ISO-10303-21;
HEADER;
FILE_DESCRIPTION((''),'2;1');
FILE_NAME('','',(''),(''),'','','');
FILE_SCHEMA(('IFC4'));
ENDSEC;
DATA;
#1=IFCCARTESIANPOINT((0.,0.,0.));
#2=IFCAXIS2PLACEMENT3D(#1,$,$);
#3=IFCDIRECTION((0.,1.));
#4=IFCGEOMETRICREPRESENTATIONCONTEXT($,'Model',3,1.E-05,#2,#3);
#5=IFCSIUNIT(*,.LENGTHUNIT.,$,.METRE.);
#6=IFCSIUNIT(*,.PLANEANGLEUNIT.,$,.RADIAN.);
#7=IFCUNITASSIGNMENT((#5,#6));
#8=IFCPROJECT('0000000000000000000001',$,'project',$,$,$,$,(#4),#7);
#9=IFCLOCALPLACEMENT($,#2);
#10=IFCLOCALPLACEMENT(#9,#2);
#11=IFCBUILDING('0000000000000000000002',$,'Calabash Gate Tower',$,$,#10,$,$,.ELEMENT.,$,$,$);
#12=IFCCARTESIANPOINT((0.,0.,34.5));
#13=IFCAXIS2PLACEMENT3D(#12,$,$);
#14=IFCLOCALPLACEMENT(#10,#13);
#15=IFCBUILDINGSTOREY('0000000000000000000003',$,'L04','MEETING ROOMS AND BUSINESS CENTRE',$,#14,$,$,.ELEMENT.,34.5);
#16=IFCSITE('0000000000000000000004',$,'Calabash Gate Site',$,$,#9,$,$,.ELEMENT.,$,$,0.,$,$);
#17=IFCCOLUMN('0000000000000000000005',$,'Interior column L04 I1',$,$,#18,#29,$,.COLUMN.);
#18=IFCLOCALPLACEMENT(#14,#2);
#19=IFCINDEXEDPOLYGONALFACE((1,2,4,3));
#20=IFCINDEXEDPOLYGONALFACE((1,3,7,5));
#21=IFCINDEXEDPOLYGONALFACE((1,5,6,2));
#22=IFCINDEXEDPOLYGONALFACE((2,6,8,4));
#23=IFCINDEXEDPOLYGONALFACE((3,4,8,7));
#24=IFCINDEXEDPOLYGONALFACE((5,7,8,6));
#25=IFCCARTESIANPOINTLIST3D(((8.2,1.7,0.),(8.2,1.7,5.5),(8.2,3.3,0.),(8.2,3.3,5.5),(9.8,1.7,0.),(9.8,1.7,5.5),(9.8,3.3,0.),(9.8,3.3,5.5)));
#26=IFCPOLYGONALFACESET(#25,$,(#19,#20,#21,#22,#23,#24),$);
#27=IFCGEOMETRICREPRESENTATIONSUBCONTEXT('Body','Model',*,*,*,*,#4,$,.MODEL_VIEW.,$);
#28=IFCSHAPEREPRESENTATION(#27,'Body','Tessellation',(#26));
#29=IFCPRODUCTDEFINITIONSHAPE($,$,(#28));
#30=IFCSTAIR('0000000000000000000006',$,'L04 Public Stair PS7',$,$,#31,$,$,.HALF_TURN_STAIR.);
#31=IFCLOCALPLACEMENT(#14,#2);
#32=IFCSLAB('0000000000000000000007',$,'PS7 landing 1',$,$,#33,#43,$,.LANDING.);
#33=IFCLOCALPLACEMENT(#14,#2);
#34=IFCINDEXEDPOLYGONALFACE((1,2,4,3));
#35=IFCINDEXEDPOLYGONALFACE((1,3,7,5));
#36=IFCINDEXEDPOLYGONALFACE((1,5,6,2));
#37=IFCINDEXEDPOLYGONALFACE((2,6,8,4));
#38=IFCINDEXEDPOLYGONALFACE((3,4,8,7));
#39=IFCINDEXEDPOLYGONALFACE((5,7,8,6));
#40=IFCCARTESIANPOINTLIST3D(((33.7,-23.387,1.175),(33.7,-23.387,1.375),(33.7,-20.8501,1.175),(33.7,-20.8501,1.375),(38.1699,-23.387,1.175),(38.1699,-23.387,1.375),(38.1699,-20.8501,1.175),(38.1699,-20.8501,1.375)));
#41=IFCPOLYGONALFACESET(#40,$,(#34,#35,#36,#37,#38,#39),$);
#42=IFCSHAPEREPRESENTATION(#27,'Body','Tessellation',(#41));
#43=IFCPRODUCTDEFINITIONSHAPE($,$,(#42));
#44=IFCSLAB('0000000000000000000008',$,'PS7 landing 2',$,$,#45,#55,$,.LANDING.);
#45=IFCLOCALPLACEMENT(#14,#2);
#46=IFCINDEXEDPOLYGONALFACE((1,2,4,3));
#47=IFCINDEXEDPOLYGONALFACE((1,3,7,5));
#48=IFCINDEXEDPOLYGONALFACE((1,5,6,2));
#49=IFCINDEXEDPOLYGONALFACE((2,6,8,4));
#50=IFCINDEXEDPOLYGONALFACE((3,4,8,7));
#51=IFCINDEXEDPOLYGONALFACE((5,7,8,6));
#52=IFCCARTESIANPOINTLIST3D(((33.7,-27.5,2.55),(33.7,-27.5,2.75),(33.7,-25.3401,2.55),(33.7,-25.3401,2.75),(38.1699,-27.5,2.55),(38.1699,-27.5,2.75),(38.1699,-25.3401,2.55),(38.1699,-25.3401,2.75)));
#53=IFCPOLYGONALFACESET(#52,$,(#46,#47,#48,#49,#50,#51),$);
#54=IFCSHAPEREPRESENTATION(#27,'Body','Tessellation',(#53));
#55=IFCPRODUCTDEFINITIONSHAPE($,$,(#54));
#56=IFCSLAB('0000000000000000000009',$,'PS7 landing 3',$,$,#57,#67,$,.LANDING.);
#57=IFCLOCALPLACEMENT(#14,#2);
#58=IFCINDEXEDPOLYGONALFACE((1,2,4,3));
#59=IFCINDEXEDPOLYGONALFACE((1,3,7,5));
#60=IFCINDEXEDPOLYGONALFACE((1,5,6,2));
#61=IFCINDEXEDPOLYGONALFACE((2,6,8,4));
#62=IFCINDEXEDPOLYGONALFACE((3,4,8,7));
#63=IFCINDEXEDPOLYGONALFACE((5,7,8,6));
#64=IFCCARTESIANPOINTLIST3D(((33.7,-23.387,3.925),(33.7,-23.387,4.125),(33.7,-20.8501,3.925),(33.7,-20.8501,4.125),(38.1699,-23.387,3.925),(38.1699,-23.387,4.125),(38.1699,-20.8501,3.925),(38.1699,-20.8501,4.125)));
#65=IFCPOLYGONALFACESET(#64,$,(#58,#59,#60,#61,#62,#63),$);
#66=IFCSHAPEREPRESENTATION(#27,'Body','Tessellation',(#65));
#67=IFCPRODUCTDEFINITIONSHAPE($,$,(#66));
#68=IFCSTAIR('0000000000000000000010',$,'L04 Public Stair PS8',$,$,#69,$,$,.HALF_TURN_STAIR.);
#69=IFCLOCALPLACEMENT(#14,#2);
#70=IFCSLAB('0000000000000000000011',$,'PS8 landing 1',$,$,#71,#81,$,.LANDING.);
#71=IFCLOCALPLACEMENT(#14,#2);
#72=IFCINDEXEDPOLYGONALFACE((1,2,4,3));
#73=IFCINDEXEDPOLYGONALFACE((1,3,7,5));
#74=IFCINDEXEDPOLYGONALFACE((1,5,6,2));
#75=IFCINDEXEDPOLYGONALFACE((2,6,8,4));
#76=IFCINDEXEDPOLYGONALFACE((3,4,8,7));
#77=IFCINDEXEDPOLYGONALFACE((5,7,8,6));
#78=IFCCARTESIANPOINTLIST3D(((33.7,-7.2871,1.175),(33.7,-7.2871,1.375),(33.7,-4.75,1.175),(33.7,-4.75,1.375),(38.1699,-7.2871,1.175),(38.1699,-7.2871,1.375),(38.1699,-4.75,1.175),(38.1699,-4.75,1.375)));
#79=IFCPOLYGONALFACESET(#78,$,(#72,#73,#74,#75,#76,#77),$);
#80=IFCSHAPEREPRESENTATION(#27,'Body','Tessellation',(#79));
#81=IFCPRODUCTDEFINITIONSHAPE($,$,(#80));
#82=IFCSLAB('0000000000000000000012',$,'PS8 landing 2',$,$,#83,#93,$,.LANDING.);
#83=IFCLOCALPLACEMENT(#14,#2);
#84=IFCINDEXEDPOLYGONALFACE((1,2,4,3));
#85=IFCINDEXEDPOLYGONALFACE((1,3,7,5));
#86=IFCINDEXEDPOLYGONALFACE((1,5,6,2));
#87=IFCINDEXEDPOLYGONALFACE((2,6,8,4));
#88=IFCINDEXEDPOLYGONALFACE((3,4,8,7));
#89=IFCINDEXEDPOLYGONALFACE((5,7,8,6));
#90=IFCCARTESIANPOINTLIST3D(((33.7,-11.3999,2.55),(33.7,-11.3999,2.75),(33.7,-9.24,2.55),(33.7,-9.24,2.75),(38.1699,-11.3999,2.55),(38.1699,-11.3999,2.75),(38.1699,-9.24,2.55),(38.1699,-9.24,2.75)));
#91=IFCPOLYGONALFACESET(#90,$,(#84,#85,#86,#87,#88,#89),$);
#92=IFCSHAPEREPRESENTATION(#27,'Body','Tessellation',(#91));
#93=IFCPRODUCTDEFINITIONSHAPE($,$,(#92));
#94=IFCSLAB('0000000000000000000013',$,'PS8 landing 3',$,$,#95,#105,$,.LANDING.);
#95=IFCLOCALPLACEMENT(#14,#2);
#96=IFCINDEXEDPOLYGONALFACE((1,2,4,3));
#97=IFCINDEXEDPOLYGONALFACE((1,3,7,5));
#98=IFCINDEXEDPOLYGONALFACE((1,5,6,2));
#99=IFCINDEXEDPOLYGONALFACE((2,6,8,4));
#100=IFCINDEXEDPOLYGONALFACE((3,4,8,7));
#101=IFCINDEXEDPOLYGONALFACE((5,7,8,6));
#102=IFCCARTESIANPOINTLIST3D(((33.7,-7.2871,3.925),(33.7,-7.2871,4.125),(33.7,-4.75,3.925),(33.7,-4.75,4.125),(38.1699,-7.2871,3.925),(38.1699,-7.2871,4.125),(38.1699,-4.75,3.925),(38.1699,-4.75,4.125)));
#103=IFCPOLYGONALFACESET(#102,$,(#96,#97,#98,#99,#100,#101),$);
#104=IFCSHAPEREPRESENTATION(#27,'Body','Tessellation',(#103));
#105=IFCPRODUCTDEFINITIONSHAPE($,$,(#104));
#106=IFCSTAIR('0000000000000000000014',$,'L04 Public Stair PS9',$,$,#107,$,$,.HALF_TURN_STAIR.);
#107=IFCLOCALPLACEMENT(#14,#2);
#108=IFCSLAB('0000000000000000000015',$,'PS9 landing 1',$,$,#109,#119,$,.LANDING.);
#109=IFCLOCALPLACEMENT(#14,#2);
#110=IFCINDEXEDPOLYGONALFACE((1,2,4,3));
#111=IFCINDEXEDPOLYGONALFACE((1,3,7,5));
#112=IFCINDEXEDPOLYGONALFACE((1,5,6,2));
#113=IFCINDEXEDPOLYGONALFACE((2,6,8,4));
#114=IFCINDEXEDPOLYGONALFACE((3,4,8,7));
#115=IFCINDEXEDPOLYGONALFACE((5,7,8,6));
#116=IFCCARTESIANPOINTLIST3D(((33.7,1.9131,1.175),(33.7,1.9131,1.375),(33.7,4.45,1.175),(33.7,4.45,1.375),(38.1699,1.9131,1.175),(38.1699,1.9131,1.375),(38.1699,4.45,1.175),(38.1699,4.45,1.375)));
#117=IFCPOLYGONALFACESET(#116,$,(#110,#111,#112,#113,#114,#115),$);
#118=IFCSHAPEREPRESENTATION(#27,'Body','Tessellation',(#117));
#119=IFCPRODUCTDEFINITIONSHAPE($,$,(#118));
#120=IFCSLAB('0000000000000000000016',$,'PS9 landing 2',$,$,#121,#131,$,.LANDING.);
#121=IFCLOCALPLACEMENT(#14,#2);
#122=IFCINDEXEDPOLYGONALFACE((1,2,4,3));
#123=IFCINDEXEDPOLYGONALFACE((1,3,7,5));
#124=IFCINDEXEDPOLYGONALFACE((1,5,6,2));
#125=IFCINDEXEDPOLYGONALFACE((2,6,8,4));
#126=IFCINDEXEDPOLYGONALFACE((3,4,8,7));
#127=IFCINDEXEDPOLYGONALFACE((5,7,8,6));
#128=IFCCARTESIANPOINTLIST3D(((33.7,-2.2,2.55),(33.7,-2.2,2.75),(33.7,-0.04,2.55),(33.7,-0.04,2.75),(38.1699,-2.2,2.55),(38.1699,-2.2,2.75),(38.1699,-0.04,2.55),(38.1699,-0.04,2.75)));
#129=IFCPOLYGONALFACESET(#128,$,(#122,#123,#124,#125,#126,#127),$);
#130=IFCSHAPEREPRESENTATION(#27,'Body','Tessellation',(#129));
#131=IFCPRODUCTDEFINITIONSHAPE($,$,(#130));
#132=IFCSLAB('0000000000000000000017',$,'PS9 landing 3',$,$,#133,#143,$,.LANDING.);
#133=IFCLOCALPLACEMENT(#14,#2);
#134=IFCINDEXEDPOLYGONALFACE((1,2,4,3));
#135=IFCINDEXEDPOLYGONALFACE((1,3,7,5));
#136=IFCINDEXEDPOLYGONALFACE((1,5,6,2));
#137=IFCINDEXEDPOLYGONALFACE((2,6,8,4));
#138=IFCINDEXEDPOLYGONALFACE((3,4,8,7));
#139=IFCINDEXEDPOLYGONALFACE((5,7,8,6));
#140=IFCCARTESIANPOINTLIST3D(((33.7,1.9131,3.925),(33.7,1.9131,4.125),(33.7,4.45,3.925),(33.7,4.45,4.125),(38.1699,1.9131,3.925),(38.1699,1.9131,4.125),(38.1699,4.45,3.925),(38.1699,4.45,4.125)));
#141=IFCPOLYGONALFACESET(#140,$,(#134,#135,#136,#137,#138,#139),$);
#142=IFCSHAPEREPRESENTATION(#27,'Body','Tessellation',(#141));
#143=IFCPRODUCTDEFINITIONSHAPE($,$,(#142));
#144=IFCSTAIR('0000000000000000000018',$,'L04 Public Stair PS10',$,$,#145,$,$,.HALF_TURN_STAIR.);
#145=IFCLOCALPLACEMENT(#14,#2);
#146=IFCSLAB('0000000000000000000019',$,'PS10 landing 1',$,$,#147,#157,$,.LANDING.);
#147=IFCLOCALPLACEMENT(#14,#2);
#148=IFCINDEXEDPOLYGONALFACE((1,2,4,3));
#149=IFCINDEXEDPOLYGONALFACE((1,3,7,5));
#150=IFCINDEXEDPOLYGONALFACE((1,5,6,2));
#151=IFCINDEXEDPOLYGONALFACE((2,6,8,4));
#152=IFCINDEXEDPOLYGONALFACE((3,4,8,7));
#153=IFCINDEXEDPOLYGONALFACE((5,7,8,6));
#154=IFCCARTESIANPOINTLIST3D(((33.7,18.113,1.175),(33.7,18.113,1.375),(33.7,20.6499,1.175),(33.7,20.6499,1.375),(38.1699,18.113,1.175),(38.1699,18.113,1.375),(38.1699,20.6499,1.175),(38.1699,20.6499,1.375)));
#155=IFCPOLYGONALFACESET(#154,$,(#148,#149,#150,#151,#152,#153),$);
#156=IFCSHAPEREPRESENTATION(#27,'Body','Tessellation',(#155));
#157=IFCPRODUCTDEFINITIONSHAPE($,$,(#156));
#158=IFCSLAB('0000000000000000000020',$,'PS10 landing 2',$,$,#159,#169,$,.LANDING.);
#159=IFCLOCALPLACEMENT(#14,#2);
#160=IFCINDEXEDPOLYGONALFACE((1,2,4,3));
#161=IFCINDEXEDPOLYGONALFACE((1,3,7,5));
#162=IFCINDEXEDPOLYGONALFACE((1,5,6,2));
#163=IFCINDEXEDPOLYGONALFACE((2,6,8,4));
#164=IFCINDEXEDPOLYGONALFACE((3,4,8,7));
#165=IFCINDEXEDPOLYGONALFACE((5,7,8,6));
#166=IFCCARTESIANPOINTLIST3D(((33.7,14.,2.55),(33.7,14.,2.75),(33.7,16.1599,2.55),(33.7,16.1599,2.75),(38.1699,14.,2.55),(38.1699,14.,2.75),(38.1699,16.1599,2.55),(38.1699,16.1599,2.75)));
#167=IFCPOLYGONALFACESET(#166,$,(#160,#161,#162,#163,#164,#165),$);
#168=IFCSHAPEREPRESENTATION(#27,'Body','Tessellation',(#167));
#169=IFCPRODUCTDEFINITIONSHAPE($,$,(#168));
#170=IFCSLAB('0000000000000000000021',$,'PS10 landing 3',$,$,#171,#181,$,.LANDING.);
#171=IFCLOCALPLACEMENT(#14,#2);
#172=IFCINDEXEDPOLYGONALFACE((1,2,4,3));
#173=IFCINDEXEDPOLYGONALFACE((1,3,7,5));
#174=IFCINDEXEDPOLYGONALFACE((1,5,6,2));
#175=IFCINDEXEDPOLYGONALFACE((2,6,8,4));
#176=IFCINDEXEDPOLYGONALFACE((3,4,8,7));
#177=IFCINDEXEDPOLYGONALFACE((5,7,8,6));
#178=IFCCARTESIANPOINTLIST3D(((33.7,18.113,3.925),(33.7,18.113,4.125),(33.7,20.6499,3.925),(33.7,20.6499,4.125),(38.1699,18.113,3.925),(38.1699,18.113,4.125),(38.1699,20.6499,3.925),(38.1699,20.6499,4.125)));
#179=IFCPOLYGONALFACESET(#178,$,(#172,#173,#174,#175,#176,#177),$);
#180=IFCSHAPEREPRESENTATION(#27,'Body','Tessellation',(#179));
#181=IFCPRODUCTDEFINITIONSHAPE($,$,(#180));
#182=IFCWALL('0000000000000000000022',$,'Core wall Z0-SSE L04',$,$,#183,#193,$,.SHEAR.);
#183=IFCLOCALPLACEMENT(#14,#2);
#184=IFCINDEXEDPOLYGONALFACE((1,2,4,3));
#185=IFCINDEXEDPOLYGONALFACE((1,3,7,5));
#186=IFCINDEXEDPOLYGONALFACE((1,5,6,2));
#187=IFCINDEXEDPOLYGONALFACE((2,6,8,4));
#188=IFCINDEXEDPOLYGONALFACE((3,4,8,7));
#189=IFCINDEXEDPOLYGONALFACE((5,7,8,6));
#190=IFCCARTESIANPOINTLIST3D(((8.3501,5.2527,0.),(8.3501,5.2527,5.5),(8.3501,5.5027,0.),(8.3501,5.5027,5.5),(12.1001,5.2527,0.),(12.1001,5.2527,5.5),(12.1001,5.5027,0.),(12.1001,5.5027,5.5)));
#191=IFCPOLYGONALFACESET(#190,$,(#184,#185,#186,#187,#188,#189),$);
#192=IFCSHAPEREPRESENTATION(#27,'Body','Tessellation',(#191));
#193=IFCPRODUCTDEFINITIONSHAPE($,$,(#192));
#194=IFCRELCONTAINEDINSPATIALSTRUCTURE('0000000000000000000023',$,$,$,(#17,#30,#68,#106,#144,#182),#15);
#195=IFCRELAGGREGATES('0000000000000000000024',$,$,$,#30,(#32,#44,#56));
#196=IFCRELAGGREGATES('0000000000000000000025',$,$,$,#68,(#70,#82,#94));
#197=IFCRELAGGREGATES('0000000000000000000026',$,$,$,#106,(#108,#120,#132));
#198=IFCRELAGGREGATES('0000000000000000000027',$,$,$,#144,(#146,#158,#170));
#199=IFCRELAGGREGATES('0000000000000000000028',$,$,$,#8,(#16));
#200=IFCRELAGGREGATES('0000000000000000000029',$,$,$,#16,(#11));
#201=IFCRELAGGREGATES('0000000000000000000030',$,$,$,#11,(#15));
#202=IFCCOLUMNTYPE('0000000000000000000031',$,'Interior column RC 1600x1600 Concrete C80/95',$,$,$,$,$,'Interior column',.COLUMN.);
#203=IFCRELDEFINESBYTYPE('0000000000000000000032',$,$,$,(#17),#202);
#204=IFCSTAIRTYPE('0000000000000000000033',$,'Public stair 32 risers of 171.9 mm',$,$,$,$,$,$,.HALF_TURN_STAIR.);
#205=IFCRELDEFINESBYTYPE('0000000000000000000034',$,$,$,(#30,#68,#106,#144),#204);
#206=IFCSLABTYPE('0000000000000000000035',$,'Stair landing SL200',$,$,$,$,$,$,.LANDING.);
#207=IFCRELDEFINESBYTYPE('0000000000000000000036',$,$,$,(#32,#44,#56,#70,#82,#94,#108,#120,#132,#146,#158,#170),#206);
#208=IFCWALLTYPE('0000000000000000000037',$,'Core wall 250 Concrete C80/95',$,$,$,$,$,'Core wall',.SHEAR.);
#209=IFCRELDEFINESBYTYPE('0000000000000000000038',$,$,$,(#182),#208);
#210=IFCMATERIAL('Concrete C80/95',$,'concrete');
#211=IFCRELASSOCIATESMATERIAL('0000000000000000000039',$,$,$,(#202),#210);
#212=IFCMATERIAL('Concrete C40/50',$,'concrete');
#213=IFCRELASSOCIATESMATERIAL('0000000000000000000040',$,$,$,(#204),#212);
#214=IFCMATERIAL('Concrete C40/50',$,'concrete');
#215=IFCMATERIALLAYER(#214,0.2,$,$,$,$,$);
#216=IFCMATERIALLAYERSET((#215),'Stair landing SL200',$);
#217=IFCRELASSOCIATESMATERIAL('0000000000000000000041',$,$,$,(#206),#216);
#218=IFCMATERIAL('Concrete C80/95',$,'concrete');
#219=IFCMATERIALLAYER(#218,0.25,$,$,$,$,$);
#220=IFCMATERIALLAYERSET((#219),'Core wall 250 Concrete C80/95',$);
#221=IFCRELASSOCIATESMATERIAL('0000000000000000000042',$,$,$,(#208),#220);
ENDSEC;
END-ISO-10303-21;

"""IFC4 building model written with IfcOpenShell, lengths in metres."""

from ifc_helpers import new_model, si_unit, direction, frame, frame_2d, origin, origin_2d, place, context, subcontext, project, spatial, polyline, rectangle, outline, extrude, material, layer, layer_set, material_profile, profile_set, type_object, element, aggregate, save


model = new_model("IFC4")

# Units and contexts
model_context = context("Model", 3, precision=1e-05, world=origin(), true_north=direction((0.0, 1.0)))
body_context = subcontext(model_context, "Body", "Model", "MODEL_VIEW")
ifc_project = project(units=[si_unit("LENGTHUNIT", "METRE"), si_unit("PLANEANGLEUNIT", "RADIAN")], contexts=[model_context])

# Site, building, storey
site_placement = place(None, origin())
site = spatial("IfcSite", under=ifc_project, at=site_placement, Name="Calabash Gate Site", CompositionType="ELEMENT", RefElevation=0.0)
building_placement = place(site_placement, origin())
building = spatial("IfcBuilding", under=site, at=building_placement, Name="Calabash Gate Tower", CompositionType="ELEMENT")
storey_placement = place(building_placement, frame((0.0, 0.0, 34.5)))
storey = spatial("IfcBuildingStorey", under=building, at=storey_placement, Name="L04", Description="MEETING ROOMS AND BUSINESS CENTRE", CompositionType="ELEMENT", Elevation=34.5)

# Column
ifc_material_1 = material(Name="Concrete C80/95", Category="concrete")
ifc_material_profile = material_profile(ifc_material_1, rectangle(XDim=1.6001, YDim=1.6001, at=origin_2d()))
ifc_profile_set = profile_set([ifc_material_profile], Name="Concrete C80/95")
column_type = type_object("IfcColumnType", Name="Interior column RC 1600x1600 Concrete C80/95", ElementType="Interior column", PredefinedType="COLUMN", material=ifc_profile_set)
column_placement = place(storey_placement, frame((9.0, 2.5, 0.0), z_axis=(0.0, 0.0, 1.0), x_axis=(1.0, 0.0, 0.0)))
element("IfcColumn", 1, at=column_placement, inside=storey, type_object=column_type, Name="Interior column L04 I1", PredefinedType="COLUMN", context=body_context, shape_type="SweptSolid", body=[
    extrude(rectangle(XDim=1.6001, YDim=1.6001, at=origin_2d()), origin(), (0.0, 0.0, 1.0), 5.5),
])

# Stairs, slabs
ifc_material_2 = material(Name="Concrete C40/50", Category="concrete")
stair_type = type_object("IfcStairType", Name="Public stair 32 risers of 171.9 mm", PredefinedType="HALF_TURN_STAIR", material=ifc_material_2)
stair_1_placement = place(storey_placement, origin())
stair_1 = element("IfcStair", 2, at=stair_1_placement, inside=storey, type_object=stair_type, Name="L04 Public Stair PS7", PredefinedType="HALF_TURN_STAIR")
ifc_material_3 = material(Name="Concrete C40/50", Category="concrete")
ifc_layer_1 = layer(ifc_material_3, 0.2)
ifc_layer_set_1 = layer_set([ifc_layer_1], Name="Stair landing SL200")
slab_type = type_object("IfcSlabType", Name="Stair landing SL200", PredefinedType="LANDING", material=ifc_layer_set_1)
slab_1_placement = place(storey_placement, frame((0.0, 0.0, 1.175)))
slab_1 = element("IfcSlab", 3, at=slab_1_placement, type_object=slab_type, Name="PS7 landing 1", PredefinedType="LANDING", context=body_context, shape_type="SweptSolid", body=[
    extrude(outline(polyline([(38.1699, -23.387), (38.1699, -20.8501), (33.7, -20.8501), (33.7, -23.387), (38.1699, -23.387)])), origin(), (0.0, 0.0, 1.0), 0.2),
])
slab_2_placement = place(storey_placement, frame((0.0, 0.0, 2.55)))
slab_2 = element("IfcSlab", 4, at=slab_2_placement, type_object=slab_type, Name="PS7 landing 2", PredefinedType="LANDING", context=body_context, shape_type="SweptSolid", body=[
    extrude(outline(polyline([(38.1699, -27.5), (38.1699, -25.3401), (33.7, -25.3401), (33.7, -27.5), (38.1699, -27.5)])), origin(), (0.0, 0.0, 1.0), 0.2),
])
slab_3_placement = place(storey_placement, frame((0.0, 0.0, 3.925)))
slab_3 = element("IfcSlab", 5, at=slab_3_placement, type_object=slab_type, Name="PS7 landing 3", PredefinedType="LANDING", context=body_context, shape_type="SweptSolid", body=[
    extrude(outline(polyline([(38.1699, -23.387), (38.1699, -20.8501), (33.7, -20.8501), (33.7, -23.387), (38.1699, -23.387)])), origin(), (0.0, 0.0, 1.0), 0.2),
])
aggregate(stair_1, [slab_1, slab_2, slab_3])
stair_2_placement = place(storey_placement, origin())
stair_2 = element("IfcStair", 6, at=stair_2_placement, inside=storey, type_object=stair_type, Name="L04 Public Stair PS8", PredefinedType="HALF_TURN_STAIR")
slab_4_placement = place(storey_placement, frame((0.0, 0.0, 1.175)))
slab_4 = element("IfcSlab", 7, at=slab_4_placement, type_object=slab_type, Name="PS8 landing 1", PredefinedType="LANDING", context=body_context, shape_type="SweptSolid", body=[
    extrude(outline(polyline([(38.1699, -7.2871), (38.1699, -4.75), (33.7, -4.75), (33.7, -7.2871), (38.1699, -7.2871)])), origin(), (0.0, 0.0, 1.0), 0.2),
])
slab_5_placement = place(storey_placement, frame((0.0, 0.0, 2.55)))
slab_5 = element("IfcSlab", 8, at=slab_5_placement, type_object=slab_type, Name="PS8 landing 2", PredefinedType="LANDING", context=body_context, shape_type="SweptSolid", body=[
    extrude(outline(polyline([(38.1699, -11.3999), (38.1699, -9.24), (33.7, -9.24), (33.7, -11.3999), (38.1699, -11.3999)])), origin(), (0.0, 0.0, 1.0), 0.2),
])
slab_6_placement = place(storey_placement, frame((0.0, 0.0, 3.925)))
slab_6 = element("IfcSlab", 9, at=slab_6_placement, type_object=slab_type, Name="PS8 landing 3", PredefinedType="LANDING", context=body_context, shape_type="SweptSolid", body=[
    extrude(outline(polyline([(38.1699, -7.2871), (38.1699, -4.75), (33.7, -4.75), (33.7, -7.2871), (38.1699, -7.2871)])), origin(), (0.0, 0.0, 1.0), 0.2),
])
aggregate(stair_2, [slab_4, slab_5, slab_6])
stair_3_placement = place(storey_placement, origin())
stair_3 = element("IfcStair", 10, at=stair_3_placement, inside=storey, type_object=stair_type, Name="L04 Public Stair PS9", PredefinedType="HALF_TURN_STAIR")
slab_7_placement = place(storey_placement, frame((0.0, 0.0, 1.175)))
slab_7 = element("IfcSlab", 11, at=slab_7_placement, type_object=slab_type, Name="PS9 landing 1", PredefinedType="LANDING", context=body_context, shape_type="SweptSolid", body=[
    extrude(outline(polyline([(38.1699, 1.9131), (38.1699, 4.45), (33.7, 4.45), (33.7, 1.9131), (38.1699, 1.9131)])), origin(), (0.0, 0.0, 1.0), 0.2),
])
slab_8_placement = place(storey_placement, frame((0.0, 0.0, 2.55)))
slab_8 = element("IfcSlab", 12, at=slab_8_placement, type_object=slab_type, Name="PS9 landing 2", PredefinedType="LANDING", context=body_context, shape_type="SweptSolid", body=[
    extrude(outline(polyline([(38.1699, -2.2), (38.1699, -0.04), (33.7, -0.04), (33.7, -2.2), (38.1699, -2.2)])), origin(), (0.0, 0.0, 1.0), 0.2),
])
slab_9_placement = place(storey_placement, frame((0.0, 0.0, 3.925)))
slab_9 = element("IfcSlab", 13, at=slab_9_placement, type_object=slab_type, Name="PS9 landing 3", PredefinedType="LANDING", context=body_context, shape_type="SweptSolid", body=[
    extrude(outline(polyline([(38.1699, 1.9131), (38.1699, 4.45), (33.7, 4.45), (33.7, 1.9131), (38.1699, 1.9131)])), origin(), (0.0, 0.0, 1.0), 0.2),
])
aggregate(stair_3, [slab_7, slab_8, slab_9])
stair_4_placement = place(storey_placement, origin())
stair_4 = element("IfcStair", 14, at=stair_4_placement, inside=storey, type_object=stair_type, Name="L04 Public Stair PS10", PredefinedType="HALF_TURN_STAIR")
slab_10_placement = place(storey_placement, frame((0.0, 0.0, 1.175)))
slab_10 = element("IfcSlab", 15, at=slab_10_placement, type_object=slab_type, Name="PS10 landing 1", PredefinedType="LANDING", context=body_context, shape_type="SweptSolid", body=[
    extrude(outline(polyline([(38.1699, 18.113), (38.1699, 20.6499), (33.7, 20.6499), (33.7, 18.113), (38.1699, 18.113)])), origin(), (0.0, 0.0, 1.0), 0.2),
])
slab_11_placement = place(storey_placement, frame((0.0, 0.0, 2.55)))
slab_11 = element("IfcSlab", 16, at=slab_11_placement, type_object=slab_type, Name="PS10 landing 2", PredefinedType="LANDING", context=body_context, shape_type="SweptSolid", body=[
    extrude(outline(polyline([(38.1699, 14.0), (38.1699, 16.1599), (33.7, 16.1599), (33.7, 14.0), (38.1699, 14.0)])), origin(), (0.0, 0.0, 1.0), 0.2),
])
slab_12_placement = place(storey_placement, frame((0.0, 0.0, 3.925)))
slab_12 = element("IfcSlab", 17, at=slab_12_placement, type_object=slab_type, Name="PS10 landing 3", PredefinedType="LANDING", context=body_context, shape_type="SweptSolid", body=[
    extrude(outline(polyline([(38.1699, 18.113), (38.1699, 20.6499), (33.7, 20.6499), (33.7, 18.113), (38.1699, 18.113)])), origin(), (0.0, 0.0, 1.0), 0.2),
])
aggregate(stair_4, [slab_10, slab_11, slab_12])

# Wall
ifc_material_4 = material(Name="Concrete C80/95", Category="concrete")
ifc_layer_2 = layer(ifc_material_4, 0.25)
ifc_layer_set_2 = layer_set([ifc_layer_2], Name="Core wall 250 Concrete C80/95")
wall_type_1 = type_object("IfcWallType", Name="Core wall 250 Concrete C80/95", ElementType="Core wall", PredefinedType="SHEAR", material=ifc_layer_set_2)
wall_1_placement = place(storey_placement, frame((8.3501, 5.3777, 0.0), z_axis=(0.0, 0.0, 1.0), x_axis=(1.0, 0.0, 0.0)))
element("IfcWall", 18, at=wall_1_placement, inside=storey, type_object=wall_type_1, Name="Core wall Z0-SSE L04", PredefinedType="SHEAR", context=body_context, shape_type="SweptSolid", body=[
    extrude(rectangle(XDim=3.75, YDim=0.25, at=frame_2d((1.875, 0.0))), origin(), (0.0, 0.0, 1.0), 5.5),
])

save(model, "model.ifc")
